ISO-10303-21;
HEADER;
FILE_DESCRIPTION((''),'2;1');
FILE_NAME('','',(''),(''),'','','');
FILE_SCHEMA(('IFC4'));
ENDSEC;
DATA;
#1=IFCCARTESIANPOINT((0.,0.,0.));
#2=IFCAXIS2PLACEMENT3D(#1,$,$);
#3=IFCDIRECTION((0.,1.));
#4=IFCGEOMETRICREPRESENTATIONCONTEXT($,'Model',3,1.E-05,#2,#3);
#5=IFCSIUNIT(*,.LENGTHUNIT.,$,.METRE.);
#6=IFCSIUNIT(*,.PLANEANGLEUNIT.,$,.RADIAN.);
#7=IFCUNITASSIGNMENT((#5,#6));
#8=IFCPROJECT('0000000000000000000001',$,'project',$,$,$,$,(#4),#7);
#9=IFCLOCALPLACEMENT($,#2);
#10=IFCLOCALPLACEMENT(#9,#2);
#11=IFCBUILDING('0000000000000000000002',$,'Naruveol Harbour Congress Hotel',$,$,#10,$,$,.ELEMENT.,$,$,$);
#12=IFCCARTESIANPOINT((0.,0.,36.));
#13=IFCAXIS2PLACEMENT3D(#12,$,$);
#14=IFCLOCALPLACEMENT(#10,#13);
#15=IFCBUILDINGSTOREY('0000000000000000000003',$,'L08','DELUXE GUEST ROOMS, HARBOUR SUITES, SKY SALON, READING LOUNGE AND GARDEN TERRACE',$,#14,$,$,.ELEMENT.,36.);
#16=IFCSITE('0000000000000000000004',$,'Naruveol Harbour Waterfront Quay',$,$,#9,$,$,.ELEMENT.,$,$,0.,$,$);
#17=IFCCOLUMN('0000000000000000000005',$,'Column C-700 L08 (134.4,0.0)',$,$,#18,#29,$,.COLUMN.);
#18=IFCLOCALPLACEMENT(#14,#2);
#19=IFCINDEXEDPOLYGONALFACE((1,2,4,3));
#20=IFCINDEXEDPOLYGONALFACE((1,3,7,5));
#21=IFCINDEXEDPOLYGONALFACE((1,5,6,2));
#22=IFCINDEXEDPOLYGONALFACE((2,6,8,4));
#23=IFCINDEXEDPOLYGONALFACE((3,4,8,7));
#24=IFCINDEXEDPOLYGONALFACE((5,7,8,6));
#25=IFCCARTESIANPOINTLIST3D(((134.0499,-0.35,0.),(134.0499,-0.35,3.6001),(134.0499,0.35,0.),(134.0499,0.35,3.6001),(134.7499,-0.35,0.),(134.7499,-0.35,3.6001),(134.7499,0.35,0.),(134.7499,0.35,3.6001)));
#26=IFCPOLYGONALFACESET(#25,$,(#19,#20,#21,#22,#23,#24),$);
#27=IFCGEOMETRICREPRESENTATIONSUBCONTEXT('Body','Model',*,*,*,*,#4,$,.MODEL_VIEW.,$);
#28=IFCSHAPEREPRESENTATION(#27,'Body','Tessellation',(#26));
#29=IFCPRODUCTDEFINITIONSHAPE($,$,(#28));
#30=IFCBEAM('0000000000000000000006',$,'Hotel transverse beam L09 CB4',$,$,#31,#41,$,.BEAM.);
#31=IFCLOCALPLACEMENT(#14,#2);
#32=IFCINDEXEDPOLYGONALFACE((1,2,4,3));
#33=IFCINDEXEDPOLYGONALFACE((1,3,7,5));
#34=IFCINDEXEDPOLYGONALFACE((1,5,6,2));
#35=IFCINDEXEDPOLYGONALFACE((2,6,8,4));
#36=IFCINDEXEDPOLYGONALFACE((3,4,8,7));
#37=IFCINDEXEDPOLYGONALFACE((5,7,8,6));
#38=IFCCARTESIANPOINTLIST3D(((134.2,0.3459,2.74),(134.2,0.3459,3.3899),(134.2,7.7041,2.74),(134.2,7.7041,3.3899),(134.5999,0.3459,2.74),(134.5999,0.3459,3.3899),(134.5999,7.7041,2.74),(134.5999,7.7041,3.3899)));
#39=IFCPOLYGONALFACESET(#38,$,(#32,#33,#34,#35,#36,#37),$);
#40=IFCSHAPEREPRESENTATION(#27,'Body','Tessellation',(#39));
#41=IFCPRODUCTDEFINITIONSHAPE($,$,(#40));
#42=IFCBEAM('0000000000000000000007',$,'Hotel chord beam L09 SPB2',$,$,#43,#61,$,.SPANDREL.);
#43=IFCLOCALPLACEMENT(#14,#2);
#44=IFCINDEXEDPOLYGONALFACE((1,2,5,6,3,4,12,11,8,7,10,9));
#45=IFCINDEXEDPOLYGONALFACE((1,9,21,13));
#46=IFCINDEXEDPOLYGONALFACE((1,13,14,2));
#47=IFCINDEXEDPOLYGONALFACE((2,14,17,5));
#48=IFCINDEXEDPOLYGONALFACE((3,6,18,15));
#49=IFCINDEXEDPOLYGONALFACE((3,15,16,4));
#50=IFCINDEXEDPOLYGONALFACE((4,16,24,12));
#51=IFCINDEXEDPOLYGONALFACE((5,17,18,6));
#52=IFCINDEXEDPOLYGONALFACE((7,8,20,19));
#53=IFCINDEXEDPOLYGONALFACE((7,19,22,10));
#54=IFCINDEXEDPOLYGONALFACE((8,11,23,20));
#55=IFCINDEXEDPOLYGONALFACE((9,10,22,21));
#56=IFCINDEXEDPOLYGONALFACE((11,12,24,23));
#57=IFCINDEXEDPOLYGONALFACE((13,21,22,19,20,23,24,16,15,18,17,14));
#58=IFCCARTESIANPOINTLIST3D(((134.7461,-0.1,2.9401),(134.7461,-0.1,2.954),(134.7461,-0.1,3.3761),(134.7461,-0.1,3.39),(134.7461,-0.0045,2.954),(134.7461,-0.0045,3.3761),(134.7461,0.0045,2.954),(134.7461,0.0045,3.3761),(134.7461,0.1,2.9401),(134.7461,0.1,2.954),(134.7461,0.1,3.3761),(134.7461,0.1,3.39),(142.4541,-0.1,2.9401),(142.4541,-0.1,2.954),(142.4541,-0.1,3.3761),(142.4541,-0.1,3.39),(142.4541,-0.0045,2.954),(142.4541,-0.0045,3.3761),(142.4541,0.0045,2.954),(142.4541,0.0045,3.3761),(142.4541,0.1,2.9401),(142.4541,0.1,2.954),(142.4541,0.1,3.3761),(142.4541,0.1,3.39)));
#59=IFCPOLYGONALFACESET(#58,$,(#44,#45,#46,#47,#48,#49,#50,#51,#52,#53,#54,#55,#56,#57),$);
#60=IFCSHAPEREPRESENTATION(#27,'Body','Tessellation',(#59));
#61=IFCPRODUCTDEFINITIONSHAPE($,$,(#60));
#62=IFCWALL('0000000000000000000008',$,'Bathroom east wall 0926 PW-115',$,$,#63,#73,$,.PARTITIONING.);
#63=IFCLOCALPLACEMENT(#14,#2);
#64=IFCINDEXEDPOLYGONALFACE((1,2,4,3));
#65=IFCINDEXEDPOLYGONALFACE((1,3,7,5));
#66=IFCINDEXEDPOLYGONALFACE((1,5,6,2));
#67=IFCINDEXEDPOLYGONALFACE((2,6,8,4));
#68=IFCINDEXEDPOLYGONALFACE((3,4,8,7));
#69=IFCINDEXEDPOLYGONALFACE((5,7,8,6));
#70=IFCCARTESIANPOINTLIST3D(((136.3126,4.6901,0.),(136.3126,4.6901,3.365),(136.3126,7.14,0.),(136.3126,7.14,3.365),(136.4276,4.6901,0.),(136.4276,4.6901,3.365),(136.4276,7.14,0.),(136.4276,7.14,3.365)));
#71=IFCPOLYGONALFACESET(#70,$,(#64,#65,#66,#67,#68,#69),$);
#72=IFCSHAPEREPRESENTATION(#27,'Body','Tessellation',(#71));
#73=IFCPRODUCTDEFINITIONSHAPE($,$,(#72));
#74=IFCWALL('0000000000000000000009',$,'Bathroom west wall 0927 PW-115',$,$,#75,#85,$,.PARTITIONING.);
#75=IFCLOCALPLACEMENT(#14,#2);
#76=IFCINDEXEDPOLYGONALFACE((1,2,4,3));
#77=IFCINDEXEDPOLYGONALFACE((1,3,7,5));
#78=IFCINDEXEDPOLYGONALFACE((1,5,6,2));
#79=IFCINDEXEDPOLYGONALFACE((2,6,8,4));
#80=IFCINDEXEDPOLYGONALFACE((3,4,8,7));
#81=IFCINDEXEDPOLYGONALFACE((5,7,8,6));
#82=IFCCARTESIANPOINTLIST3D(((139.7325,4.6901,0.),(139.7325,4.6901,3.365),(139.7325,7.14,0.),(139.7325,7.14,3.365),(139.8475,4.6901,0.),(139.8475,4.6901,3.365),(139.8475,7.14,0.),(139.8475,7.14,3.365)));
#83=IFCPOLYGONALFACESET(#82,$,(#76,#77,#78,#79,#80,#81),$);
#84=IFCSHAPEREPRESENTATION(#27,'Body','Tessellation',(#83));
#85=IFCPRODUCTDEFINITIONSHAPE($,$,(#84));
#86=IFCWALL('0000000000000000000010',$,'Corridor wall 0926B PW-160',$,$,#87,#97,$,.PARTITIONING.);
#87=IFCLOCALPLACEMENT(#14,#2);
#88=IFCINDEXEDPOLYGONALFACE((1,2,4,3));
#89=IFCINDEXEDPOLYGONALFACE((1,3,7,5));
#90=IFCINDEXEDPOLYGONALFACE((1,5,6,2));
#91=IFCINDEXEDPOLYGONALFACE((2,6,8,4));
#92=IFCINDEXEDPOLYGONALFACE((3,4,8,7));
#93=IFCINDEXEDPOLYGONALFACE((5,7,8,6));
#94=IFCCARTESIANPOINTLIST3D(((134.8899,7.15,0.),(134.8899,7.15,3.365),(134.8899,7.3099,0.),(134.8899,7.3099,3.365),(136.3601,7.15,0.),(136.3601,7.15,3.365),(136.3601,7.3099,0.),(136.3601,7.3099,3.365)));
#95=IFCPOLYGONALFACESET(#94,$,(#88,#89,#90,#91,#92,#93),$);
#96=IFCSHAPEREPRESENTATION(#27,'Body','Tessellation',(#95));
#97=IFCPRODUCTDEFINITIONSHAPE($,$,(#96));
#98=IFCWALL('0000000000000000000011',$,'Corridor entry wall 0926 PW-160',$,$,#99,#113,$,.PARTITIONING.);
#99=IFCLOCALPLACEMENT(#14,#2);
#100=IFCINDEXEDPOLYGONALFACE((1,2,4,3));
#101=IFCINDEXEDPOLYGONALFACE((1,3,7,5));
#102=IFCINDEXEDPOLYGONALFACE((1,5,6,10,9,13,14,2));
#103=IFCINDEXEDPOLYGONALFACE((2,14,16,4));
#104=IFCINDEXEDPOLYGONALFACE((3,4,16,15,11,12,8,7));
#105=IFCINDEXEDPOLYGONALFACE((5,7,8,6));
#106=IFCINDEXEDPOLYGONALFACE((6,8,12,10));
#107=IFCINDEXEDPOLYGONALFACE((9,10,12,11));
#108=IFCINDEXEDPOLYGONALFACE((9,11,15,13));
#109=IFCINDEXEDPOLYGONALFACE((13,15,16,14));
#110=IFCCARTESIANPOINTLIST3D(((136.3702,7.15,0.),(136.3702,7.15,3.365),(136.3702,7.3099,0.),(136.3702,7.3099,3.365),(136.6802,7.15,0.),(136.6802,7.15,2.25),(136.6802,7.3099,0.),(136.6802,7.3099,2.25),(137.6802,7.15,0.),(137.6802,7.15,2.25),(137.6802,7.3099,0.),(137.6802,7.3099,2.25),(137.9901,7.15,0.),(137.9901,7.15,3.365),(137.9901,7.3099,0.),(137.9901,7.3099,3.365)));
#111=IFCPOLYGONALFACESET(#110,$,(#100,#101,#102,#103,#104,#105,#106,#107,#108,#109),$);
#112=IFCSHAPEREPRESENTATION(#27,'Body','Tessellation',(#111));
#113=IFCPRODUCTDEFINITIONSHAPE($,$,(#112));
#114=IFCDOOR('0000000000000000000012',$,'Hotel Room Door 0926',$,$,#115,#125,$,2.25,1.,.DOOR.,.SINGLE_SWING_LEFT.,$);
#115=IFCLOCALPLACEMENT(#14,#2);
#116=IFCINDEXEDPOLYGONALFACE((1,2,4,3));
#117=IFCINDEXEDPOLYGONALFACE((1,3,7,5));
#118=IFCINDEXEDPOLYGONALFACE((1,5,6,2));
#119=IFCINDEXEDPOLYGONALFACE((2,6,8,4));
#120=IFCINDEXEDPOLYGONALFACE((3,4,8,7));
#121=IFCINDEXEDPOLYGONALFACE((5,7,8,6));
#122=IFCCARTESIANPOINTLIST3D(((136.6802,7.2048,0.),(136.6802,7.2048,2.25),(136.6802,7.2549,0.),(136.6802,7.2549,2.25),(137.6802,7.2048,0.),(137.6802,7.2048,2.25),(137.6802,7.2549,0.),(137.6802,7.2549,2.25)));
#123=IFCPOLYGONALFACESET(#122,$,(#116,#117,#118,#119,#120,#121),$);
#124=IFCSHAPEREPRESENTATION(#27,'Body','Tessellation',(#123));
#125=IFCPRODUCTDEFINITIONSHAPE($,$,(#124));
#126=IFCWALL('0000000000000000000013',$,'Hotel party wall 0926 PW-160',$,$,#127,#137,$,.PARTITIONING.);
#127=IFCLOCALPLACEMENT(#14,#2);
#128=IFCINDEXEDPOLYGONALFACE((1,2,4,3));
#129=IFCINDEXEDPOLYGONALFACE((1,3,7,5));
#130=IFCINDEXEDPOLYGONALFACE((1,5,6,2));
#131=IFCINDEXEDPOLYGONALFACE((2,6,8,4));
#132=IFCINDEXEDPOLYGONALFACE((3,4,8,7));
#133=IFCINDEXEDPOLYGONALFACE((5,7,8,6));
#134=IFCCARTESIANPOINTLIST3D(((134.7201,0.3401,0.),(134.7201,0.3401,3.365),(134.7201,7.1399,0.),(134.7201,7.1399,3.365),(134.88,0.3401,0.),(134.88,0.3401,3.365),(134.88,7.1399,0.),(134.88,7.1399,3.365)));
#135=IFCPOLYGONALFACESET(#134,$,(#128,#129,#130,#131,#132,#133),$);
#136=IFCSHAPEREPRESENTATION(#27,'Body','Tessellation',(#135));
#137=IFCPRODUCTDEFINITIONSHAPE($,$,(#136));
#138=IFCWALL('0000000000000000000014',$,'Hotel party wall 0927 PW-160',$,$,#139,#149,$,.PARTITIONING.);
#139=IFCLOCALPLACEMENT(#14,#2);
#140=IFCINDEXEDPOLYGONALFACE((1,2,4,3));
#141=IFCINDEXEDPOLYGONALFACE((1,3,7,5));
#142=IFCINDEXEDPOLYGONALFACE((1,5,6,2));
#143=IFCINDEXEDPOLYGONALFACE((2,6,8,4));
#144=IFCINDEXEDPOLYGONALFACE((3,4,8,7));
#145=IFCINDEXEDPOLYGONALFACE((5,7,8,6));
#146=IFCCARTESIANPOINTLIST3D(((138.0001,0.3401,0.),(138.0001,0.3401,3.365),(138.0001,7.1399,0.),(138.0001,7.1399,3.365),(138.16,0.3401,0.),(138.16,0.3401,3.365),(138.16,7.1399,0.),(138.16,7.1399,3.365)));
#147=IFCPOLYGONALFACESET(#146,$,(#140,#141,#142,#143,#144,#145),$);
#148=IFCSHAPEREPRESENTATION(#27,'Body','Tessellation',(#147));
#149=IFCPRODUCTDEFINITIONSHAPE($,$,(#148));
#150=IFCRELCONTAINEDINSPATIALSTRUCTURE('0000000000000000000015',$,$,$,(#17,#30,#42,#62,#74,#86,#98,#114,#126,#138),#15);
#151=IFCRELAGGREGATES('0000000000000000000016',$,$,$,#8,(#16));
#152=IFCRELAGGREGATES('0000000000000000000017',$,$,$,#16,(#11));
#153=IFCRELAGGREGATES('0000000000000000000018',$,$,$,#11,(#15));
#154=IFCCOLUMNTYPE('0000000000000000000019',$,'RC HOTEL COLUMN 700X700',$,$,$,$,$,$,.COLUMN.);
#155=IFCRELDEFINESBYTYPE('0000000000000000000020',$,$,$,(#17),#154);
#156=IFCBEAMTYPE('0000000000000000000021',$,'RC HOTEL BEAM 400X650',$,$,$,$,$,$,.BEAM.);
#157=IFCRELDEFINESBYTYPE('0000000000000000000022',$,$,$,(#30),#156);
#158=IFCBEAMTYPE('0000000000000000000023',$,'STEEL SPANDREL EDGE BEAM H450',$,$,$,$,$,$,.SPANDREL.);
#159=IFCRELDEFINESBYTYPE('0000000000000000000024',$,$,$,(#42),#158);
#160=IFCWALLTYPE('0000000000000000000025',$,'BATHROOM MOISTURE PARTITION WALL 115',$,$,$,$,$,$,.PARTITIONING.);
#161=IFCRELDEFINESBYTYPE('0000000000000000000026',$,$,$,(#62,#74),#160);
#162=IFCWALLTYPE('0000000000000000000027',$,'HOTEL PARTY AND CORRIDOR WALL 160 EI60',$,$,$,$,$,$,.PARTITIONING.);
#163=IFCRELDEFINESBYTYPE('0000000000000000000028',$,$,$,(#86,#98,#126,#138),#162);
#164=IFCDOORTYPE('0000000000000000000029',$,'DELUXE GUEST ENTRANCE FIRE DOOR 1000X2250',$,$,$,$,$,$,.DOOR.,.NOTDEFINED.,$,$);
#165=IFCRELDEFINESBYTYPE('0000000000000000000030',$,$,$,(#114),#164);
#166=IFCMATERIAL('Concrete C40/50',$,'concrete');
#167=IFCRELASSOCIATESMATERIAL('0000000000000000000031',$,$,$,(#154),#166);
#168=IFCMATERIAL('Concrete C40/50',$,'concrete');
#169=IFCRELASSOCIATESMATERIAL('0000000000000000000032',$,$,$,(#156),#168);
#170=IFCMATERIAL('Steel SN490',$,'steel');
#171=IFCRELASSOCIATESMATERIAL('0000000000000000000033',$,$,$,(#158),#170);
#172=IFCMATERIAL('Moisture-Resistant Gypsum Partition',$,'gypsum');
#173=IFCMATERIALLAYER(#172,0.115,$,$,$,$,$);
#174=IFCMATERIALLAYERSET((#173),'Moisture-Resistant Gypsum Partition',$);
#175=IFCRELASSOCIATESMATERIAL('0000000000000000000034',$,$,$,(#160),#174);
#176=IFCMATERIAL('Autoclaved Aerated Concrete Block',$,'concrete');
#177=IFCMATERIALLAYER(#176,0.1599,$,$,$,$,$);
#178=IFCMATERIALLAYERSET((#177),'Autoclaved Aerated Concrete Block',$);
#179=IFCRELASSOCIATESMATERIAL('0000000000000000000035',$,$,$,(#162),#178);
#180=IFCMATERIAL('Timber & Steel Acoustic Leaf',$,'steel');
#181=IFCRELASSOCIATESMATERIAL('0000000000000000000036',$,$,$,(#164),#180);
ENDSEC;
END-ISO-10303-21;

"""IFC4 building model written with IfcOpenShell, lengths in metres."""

from ifc_helpers import new_model, si_unit, direction, frame, frame_2d, origin, origin_2d, place, context, subcontext, project, spatial, rectangle, i_section, extrude, material, layer, layer_set, material_profile, profile_set, type_object, element, fill, save


model = new_model("IFC4")

# Units and contexts
model_context = context("Model", 3, precision=1e-05, world=origin(), true_north=direction((0.0, 1.0)))
body_context = subcontext(model_context, "Body", "Model", "MODEL_VIEW")
ifc_project = project(units=[si_unit("LENGTHUNIT", "METRE"), si_unit("PLANEANGLEUNIT", "RADIAN")], contexts=[model_context])

# Site, building, storey
site_placement = place(None, origin())
site = spatial("IfcSite", under=ifc_project, at=site_placement, Name="Naruveol Harbour Waterfront Quay", CompositionType="ELEMENT", RefElevation=0.0)
building_placement = place(site_placement, origin())
building = spatial("IfcBuilding", under=site, at=building_placement, Name="Naruveol Harbour Congress Hotel", CompositionType="ELEMENT")
storey_placement = place(building_placement, frame((0.0, 0.0, 36.0)))
storey = spatial("IfcBuildingStorey", under=building, at=storey_placement, Name="L08", Description="DELUXE GUEST ROOMS, HARBOUR SUITES, SKY SALON, READING LOUNGE AND GARDEN TERRACE", CompositionType="ELEMENT", Elevation=36.0)

# Column
ifc_material_1 = material(Name="Concrete C40/50", Category="concrete")
ifc_material_profile_1 = material_profile(ifc_material_1, rectangle(XDim=0.7, YDim=0.7, at=origin_2d()), Name="RC-700x700")
ifc_profile_set_1 = profile_set([ifc_material_profile_1], Name="Concrete C40/50")
column_type = type_object("IfcColumnType", Name="RC HOTEL COLUMN 700X700", PredefinedType="COLUMN", material=ifc_profile_set_1)
column_placement = place(storey_placement, frame((134.3999, 0.0, 0.0), z_axis=(0.0, 0.0, 1.0), x_axis=(1.0, 0.0, 0.0)))
element("IfcColumn", 1, at=column_placement, inside=storey, type_object=column_type, Name="Column C-700 L08 (134.4,0.0)", PredefinedType="COLUMN", context=body_context, shape_type="SweptSolid", body=[
    extrude(rectangle(XDim=0.7, YDim=0.7, at=origin_2d()), origin(), (0.0, 0.0, 1.0), 3.6001),
])

# Beams
ifc_material_2 = material(Name="Concrete C40/50", Category="concrete")
ifc_material_profile_2 = material_profile(ifc_material_2, rectangle(XDim=0.3999, YDim=0.6499, at=origin_2d()), Name="RCB-400x650")
ifc_profile_set_2 = profile_set([ifc_material_profile_2], Name="Concrete C40/50")
beam_type_1 = type_object("IfcBeamType", Name="RC HOTEL BEAM 400X650", PredefinedType="BEAM", material=ifc_profile_set_2)
beam_1_placement = place(storey_placement, frame((134.3999, 0.3459, 3.0649), z_axis=(0.0, 1.0, 0.0), x_axis=(-1.0, 0.0, 0.0)))
element("IfcBeam", 2, at=beam_1_placement, inside=storey, type_object=beam_type_1, Name="Hotel transverse beam L09 CB4", PredefinedType="BEAM", context=body_context, shape_type="SweptSolid", body=[
    extrude(rectangle(XDim=0.3999, YDim=0.6499, at=origin_2d()), origin(), (0.0, 0.0, 1.0), 7.3582),
])
ifc_material_3 = material(Name="Steel SN490", Category="steel")
ifc_material_profile_3 = material_profile(ifc_material_3, i_section(OverallWidth=0.2, OverallDepth=0.45, WebThickness=0.009, FlangeThickness=0.0139, at=origin_2d()), Name="H-450x200x9x14")
ifc_profile_set_3 = profile_set([ifc_material_profile_3], Name="Steel SN490")
beam_type_2 = type_object("IfcBeamType", Name="STEEL SPANDREL EDGE BEAM H450", PredefinedType="SPANDREL", material=ifc_profile_set_3)
beam_2_placement = place(storey_placement, frame((134.7461, 0.0, 3.165), z_axis=(1.0, 0.0, 0.0), x_axis=(0.0, 1.0, 0.0)))
element("IfcBeam", 3, at=beam_2_placement, inside=storey, type_object=beam_type_2, Name="Hotel chord beam L09 SPB2", PredefinedType="SPANDREL", context=body_context, shape_type="SweptSolid", body=[
    extrude(i_section(OverallWidth=0.2, OverallDepth=0.45, WebThickness=0.009, FlangeThickness=0.0139, at=origin_2d()), origin(), (0.0, 0.0, 1.0), 7.708),
])

# Shared definitions
ifc_material_4 = material(Name="Moisture-Resistant Gypsum Partition", Category="gypsum")
ifc_layer_1 = layer(ifc_material_4, 0.115)
ifc_layer_set_1 = layer_set([ifc_layer_1], Name="Moisture-Resistant Gypsum Partition")
wall_type_1 = type_object("IfcWallType", Name="BATHROOM MOISTURE PARTITION WALL 115", PredefinedType="PARTITIONING", material=ifc_layer_set_1)

# Wall
wall_1_placement = place(storey_placement, frame((136.3701, 4.6899, 0.0), z_axis=(0.0, 0.0, 1.0), x_axis=(0.0, 1.0, 0.0)))
element("IfcWall", 4, at=wall_1_placement, inside=storey, type_object=wall_type_1, Name="Bathroom east wall 0926 PW-115", PredefinedType="PARTITIONING", context=body_context, shape_type="SweptSolid", body=[
    extrude(rectangle(XDim=2.45, YDim=0.115, at=frame_2d((1.2251, 0.0))), origin(), (0.0, 0.0, 1.0), 3.365),
])

# Walls
wall_2_placement = place(storey_placement, frame((139.79, 4.6899, 0.0), z_axis=(0.0, 0.0, 1.0), x_axis=(0.0, 1.0, 0.0)))
element("IfcWall", 5, at=wall_2_placement, inside=storey, type_object=wall_type_1, Name="Bathroom west wall 0927 PW-115", PredefinedType="PARTITIONING", context=body_context, shape_type="SweptSolid", body=[
    extrude(rectangle(XDim=2.45, YDim=0.115, at=frame_2d((1.2251, 0.0))), origin(), (0.0, 0.0, 1.0), 3.365),
])
ifc_material_5 = material(Name="Autoclaved Aerated Concrete Block", Category="concrete")
ifc_layer_2 = layer(ifc_material_5, 0.1599)
ifc_layer_set_2 = layer_set([ifc_layer_2], Name="Autoclaved Aerated Concrete Block")
wall_type_2 = type_object("IfcWallType", Name="HOTEL PARTY AND CORRIDOR WALL 160 EI60", PredefinedType="PARTITIONING", material=ifc_layer_set_2)
wall_3_placement = place(storey_placement, frame((134.8899, 7.23, 0.0), z_axis=(0.0, 0.0, 1.0), x_axis=(1.0, 0.0, 0.0)))
element("IfcWall", 6, at=wall_3_placement, inside=storey, type_object=wall_type_2, Name="Corridor wall 0926B PW-160", PredefinedType="PARTITIONING", context=body_context, shape_type="SweptSolid", body=[
    extrude(rectangle(XDim=1.4702, YDim=0.1599, at=frame_2d((0.7351, 0.0))), origin(), (0.0, 0.0, 1.0), 3.365),
])

# Wall, opening, door
wall_4_placement = place(storey_placement, frame((136.3701, 7.23, 0.0), z_axis=(0.0, 0.0, 1.0), x_axis=(1.0, 0.0, 0.0)))
wall_4 = element("IfcWall", 7, at=wall_4_placement, inside=storey, type_object=wall_type_2, Name="Corridor entry wall 0926 PW-160", PredefinedType="PARTITIONING", context=body_context, shape_type="SweptSolid", body=[
    extrude(rectangle(XDim=1.6199, YDim=0.1599, at=frame_2d((0.8101, 0.0))), origin(), (0.0, 0.0, 1.0), 3.365),
])
opening_1_placement = place(wall_4_placement, frame((0.3101, 0.0, 0.0)))
opening_1 = element("IfcOpeningElement", 8, at=opening_1_placement, cuts=wall_4, PredefinedType="OPENING", context=body_context, shape_type="SweptSolid", body=[
    extrude(rectangle(XDim=1.0, YDim=2.25, at=frame_2d((0.5, 1.125))), frame((0.0, 0.0898, 0.0), z_axis=(0.0, -1.0, 0.0), x_axis=(1.0, 0.0, 0.0)), (0.0, 0.0, 1.0), 0.1799),
])
ifc_material_6 = material(Name="Timber & Steel Acoustic Leaf", Category="steel")
door_type_1 = type_object("IfcDoorType", Name="DELUXE GUEST ENTRANCE FIRE DOOR 1000X2250", OperationType="NOTDEFINED", PredefinedType="DOOR", material=ifc_material_6)
door_1_placement = place(opening_1_placement, origin())
door_1 = element("IfcDoor", 9, at=door_1_placement, inside=storey, type_object=door_type_1, Name="Hotel Room Door 0926", OperationType="SINGLE_SWING_LEFT", OverallHeight=2.25, OverallWidth=1.0, PredefinedType="DOOR", context=body_context, shape_type="SweptSolid", body=[
    extrude(rectangle(XDim=1.0, YDim=2.25, at=frame_2d((0.5, 1.125))), frame((0.0, 0.0249, 0.0), z_axis=(0.0, -1.0, 0.0), x_axis=(1.0, 0.0, 0.0)), (0.0, 0.0, 1.0), 0.05),
])
fill(opening_1, door_1)

# Walls
for number, where, z_axis, x_axis, name in (
    (10, (134.8, 0.3401, 0.0), (0.0, 0.0, 1.0), (0.0, 1.0, 0.0), "Hotel party wall 0926 PW-160"),
    (11, (138.0801, 0.3401, 0.0), (0.0, 0.0, 1.0), (0.0, 1.0, 0.0), "Hotel party wall 0927 PW-160"),
):
    element("IfcWall", number, at=place(storey_placement, frame(where, z_axis=z_axis, x_axis=x_axis)), inside=storey, type_object=wall_type_2, Name=name, PredefinedType="PARTITIONING", context=body_context, shape_type="SweptSolid", body=[
        extrude(rectangle(XDim=6.7998, YDim=0.1599, at=frame_2d((3.3999, 0.0))), origin(), (0.0, 0.0, 1.0), 3.365),
    ])

save(model, "model.ifc")
